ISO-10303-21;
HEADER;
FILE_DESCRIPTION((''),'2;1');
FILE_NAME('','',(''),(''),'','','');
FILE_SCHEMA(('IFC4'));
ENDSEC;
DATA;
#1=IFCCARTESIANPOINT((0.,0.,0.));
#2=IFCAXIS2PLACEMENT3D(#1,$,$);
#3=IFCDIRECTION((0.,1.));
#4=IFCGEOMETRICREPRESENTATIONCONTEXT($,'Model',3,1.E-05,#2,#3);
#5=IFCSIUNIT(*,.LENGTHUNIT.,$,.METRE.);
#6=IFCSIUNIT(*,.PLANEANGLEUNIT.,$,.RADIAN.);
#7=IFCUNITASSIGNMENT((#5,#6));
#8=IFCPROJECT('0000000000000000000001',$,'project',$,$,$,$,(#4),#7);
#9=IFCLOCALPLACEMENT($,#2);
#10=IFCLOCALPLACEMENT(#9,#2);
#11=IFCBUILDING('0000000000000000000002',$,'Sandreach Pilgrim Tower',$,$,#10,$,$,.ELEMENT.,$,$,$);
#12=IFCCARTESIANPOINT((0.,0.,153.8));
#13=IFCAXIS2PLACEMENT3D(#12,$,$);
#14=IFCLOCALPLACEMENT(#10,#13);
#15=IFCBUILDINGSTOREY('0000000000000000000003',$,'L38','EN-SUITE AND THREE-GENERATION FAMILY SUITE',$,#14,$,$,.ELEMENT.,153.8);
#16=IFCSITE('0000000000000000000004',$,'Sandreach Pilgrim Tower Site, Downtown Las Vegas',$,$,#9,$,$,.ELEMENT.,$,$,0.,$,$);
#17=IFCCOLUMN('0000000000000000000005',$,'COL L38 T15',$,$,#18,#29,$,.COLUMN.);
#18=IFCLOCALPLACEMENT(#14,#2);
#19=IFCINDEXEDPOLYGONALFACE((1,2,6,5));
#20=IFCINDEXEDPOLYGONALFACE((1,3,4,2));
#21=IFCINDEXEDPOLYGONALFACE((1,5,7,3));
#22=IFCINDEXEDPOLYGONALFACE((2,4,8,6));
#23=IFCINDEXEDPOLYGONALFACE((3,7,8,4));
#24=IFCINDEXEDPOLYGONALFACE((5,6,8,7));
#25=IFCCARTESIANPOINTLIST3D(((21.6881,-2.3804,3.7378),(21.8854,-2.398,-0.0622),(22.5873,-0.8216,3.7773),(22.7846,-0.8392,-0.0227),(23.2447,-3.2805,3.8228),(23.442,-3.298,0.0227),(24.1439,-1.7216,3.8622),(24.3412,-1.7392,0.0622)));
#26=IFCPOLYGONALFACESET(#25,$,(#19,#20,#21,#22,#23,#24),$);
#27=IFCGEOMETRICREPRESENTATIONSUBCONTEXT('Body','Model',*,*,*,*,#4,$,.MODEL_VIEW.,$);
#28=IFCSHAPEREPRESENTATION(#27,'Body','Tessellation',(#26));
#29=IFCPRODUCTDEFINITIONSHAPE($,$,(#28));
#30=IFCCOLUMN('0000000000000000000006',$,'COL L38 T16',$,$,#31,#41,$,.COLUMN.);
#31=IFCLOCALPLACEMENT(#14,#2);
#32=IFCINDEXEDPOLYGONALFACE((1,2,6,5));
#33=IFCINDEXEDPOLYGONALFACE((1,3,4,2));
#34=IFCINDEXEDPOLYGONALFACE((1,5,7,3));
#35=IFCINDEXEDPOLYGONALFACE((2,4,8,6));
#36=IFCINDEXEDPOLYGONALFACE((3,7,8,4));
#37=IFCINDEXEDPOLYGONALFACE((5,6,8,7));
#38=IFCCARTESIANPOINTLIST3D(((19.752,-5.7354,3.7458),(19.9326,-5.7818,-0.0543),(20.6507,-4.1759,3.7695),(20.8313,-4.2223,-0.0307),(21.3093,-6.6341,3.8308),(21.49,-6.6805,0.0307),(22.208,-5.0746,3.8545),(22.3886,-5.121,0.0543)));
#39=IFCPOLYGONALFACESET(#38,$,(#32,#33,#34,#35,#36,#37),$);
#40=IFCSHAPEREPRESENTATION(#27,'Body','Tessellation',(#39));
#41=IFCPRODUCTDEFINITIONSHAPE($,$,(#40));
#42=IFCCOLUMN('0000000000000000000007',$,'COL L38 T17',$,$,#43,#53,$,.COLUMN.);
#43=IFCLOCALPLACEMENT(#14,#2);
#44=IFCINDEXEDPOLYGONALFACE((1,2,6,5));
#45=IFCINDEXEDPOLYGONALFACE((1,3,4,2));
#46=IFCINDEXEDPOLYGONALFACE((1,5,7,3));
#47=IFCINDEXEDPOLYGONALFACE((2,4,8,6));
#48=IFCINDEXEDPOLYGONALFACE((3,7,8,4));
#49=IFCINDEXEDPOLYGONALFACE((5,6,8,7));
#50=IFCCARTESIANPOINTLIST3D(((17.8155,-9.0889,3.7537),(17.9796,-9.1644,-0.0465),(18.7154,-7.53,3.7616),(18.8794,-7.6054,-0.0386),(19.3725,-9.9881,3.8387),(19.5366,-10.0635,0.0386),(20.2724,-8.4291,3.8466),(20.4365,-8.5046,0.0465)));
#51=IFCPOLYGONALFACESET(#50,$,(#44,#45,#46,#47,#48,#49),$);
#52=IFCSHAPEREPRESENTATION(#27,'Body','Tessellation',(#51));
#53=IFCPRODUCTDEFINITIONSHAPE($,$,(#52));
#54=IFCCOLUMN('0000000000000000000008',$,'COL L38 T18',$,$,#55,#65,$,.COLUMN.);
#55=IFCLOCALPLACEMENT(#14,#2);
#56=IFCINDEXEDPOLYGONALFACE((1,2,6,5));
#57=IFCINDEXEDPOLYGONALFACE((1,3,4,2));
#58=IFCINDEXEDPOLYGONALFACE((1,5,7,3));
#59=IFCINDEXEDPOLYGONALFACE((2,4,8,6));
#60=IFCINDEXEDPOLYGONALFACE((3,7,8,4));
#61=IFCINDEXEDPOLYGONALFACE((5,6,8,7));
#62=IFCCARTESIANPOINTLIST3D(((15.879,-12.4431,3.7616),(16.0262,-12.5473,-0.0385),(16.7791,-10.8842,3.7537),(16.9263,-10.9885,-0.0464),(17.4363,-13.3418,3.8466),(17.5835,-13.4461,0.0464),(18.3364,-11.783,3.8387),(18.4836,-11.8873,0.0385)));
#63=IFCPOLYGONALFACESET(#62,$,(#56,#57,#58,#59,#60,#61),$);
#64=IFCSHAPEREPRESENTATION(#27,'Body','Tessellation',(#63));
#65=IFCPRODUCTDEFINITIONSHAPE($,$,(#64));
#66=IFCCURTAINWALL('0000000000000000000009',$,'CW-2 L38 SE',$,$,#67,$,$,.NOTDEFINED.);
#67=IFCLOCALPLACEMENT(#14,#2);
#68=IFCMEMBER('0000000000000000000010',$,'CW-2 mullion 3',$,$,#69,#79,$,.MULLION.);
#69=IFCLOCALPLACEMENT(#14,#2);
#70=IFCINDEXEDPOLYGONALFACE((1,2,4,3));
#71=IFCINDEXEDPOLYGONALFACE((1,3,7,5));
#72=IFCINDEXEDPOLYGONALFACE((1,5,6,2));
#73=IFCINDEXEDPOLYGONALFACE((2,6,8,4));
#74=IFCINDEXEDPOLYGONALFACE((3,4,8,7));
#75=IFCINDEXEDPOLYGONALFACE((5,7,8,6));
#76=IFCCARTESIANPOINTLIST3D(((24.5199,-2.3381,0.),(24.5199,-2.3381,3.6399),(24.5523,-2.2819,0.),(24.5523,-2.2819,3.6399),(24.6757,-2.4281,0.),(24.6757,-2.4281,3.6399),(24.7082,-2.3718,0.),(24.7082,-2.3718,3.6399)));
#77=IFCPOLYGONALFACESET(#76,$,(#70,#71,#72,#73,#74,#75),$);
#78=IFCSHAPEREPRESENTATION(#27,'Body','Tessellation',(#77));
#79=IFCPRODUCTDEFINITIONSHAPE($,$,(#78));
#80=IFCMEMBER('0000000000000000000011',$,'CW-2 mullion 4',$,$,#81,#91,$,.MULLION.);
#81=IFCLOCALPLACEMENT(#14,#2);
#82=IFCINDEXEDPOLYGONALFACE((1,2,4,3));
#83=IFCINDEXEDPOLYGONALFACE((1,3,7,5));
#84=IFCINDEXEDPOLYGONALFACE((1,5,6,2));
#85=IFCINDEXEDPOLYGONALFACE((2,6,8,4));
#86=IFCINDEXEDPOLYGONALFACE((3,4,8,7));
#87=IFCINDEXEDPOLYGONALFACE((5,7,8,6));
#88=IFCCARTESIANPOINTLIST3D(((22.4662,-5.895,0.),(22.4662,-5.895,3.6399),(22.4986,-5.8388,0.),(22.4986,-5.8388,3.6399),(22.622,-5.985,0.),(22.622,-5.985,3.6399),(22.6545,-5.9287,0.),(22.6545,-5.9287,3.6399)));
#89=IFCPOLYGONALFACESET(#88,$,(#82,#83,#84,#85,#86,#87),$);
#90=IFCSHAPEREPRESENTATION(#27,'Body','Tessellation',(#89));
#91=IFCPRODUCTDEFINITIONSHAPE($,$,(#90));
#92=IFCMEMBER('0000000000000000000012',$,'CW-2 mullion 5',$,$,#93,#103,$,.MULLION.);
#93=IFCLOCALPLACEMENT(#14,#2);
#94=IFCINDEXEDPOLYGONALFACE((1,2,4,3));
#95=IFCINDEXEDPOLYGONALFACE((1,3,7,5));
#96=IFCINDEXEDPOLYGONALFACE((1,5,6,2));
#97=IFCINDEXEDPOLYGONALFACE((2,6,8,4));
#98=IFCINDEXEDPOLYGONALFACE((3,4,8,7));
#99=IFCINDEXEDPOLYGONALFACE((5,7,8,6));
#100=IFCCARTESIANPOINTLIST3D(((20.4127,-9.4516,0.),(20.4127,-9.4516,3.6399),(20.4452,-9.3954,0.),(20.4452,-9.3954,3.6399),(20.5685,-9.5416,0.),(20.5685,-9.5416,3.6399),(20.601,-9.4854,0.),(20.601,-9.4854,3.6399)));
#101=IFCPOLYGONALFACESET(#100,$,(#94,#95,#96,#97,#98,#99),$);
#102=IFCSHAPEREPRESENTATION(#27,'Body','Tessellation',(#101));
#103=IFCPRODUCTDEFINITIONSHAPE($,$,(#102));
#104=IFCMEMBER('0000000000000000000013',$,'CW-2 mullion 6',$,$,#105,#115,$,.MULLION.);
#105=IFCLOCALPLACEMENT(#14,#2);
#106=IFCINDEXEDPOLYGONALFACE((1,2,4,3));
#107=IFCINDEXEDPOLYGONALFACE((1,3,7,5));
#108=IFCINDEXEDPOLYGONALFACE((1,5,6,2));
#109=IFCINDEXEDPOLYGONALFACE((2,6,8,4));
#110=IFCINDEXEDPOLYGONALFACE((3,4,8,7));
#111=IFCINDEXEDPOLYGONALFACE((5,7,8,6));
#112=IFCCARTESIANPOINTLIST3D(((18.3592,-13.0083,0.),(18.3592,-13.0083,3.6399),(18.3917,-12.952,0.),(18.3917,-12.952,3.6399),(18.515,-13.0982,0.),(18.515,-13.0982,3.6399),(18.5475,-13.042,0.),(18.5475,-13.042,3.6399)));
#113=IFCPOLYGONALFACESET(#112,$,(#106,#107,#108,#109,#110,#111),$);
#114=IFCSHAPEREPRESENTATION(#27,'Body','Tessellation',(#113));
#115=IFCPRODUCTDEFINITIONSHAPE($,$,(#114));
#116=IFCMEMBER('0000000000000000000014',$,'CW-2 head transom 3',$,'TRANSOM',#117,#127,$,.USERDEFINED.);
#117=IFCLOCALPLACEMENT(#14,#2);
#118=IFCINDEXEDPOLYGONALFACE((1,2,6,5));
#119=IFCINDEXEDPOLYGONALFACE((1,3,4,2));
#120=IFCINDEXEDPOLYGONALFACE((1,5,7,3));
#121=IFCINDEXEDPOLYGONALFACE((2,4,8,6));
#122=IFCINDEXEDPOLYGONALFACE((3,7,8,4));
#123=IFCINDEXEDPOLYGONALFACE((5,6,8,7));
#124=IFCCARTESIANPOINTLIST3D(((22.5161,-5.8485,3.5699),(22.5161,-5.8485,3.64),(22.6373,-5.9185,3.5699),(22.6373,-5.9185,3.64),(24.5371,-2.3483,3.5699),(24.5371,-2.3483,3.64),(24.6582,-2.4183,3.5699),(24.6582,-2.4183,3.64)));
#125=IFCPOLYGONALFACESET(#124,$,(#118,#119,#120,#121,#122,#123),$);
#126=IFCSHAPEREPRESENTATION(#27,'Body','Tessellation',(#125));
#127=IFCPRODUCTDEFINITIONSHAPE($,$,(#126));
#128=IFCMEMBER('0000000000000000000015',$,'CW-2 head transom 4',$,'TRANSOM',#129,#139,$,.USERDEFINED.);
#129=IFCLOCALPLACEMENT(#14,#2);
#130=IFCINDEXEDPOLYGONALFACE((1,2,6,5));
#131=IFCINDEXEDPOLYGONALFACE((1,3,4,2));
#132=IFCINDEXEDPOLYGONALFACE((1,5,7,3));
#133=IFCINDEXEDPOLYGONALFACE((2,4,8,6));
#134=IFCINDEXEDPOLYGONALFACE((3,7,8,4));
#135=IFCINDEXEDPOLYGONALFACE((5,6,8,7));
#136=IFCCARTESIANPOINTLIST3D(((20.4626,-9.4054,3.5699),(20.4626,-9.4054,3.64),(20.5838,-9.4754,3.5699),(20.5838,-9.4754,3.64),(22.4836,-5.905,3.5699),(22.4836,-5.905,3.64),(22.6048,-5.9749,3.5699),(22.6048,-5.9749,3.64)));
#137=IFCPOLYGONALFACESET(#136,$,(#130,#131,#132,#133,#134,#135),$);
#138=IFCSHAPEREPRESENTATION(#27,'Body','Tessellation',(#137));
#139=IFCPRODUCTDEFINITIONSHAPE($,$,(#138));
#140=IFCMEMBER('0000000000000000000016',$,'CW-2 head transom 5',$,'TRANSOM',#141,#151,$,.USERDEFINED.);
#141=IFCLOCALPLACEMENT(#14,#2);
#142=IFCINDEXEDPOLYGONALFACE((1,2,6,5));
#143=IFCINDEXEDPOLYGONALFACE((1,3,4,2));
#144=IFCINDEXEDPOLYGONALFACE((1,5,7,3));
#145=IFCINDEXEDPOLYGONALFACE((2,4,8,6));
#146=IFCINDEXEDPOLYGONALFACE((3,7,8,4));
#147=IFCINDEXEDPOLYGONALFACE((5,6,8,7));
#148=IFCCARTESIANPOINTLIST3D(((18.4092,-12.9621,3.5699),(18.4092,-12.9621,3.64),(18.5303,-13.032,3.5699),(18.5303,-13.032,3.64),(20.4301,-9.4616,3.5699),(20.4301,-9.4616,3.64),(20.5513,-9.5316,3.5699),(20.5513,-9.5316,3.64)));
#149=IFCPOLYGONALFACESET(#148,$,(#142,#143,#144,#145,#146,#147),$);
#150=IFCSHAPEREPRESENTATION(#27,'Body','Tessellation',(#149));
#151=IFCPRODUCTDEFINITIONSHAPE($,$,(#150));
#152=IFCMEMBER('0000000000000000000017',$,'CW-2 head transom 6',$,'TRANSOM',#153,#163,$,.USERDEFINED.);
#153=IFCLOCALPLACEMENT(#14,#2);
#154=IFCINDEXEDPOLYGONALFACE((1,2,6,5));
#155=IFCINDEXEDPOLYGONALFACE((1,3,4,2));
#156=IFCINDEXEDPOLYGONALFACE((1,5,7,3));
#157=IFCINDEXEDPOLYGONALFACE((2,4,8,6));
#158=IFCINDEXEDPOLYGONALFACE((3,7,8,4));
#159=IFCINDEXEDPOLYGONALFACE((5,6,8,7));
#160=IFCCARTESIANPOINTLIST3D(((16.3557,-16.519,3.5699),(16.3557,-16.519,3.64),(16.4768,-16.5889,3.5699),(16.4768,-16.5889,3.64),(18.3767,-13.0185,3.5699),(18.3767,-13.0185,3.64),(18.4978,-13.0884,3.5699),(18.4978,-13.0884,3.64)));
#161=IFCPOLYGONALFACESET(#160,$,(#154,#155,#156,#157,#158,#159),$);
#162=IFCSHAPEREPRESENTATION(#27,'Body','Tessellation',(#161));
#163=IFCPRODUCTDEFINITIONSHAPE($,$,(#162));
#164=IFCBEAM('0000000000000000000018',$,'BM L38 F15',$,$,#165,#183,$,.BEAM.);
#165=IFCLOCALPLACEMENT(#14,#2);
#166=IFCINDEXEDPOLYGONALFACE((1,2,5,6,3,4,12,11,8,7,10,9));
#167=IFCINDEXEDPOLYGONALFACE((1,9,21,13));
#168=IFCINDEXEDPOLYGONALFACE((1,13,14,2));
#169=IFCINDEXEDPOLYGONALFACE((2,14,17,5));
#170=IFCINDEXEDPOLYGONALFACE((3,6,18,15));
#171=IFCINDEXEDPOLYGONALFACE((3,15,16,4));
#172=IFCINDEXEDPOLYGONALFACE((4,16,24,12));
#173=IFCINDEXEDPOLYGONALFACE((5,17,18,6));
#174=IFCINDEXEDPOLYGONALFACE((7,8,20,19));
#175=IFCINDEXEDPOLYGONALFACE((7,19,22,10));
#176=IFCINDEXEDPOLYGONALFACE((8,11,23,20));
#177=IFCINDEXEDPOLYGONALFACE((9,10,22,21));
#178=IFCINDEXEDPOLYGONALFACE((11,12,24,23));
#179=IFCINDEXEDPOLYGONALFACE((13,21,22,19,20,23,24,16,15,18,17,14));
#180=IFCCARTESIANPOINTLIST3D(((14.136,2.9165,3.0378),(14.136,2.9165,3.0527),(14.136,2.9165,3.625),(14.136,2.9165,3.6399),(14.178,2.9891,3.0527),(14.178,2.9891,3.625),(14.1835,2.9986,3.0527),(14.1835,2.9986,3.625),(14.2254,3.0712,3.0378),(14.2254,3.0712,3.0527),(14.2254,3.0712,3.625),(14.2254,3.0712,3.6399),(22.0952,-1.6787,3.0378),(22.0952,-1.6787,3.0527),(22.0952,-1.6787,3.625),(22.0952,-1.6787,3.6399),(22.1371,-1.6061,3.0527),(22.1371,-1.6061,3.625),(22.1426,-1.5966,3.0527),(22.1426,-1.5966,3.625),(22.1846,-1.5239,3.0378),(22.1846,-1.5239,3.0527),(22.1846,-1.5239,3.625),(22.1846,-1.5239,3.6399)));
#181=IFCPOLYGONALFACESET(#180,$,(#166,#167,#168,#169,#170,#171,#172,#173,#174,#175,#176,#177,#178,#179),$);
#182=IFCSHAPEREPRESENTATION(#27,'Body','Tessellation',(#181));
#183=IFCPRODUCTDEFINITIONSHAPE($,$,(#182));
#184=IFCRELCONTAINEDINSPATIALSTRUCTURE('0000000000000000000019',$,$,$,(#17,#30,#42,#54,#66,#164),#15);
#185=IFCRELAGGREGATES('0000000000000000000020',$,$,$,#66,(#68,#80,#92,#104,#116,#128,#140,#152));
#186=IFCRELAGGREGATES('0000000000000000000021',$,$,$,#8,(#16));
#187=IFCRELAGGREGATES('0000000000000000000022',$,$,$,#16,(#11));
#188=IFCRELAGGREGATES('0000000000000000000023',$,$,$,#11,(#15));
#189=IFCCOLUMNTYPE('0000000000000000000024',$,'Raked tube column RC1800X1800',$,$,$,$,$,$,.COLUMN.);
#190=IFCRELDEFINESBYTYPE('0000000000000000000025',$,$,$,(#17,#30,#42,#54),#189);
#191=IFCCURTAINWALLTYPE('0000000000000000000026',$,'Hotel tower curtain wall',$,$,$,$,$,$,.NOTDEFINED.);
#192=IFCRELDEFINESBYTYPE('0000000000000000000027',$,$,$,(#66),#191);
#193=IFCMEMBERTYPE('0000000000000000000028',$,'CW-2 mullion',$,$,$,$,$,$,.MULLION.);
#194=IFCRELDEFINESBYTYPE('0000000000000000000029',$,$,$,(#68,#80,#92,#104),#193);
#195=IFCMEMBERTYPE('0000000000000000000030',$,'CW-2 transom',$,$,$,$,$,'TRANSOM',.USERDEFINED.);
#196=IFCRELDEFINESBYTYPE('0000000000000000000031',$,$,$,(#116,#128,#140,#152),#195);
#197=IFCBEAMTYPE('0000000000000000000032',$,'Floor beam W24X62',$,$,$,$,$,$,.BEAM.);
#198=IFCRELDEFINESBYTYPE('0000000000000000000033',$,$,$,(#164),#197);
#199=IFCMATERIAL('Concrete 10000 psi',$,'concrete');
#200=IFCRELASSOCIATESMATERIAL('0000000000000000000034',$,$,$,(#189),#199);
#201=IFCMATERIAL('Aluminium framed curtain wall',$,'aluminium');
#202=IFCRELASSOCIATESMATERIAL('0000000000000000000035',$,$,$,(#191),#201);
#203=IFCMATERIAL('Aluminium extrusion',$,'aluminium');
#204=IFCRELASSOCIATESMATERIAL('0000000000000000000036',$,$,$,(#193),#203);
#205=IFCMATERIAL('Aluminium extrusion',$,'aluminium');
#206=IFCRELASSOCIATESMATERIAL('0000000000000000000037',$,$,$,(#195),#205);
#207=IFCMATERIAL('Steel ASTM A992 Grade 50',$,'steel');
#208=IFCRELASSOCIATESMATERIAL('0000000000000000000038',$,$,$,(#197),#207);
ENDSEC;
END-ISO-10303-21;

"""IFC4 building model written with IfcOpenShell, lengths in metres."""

from ifc_helpers import new_model, si_unit, direction, frame, origin, origin_2d, place, context, subcontext, project, spatial, rectangle, i_section, extrude, material, material_profile, profile_set, type_object, element, aggregate, save


model = new_model("IFC4")

# Units and contexts
model_context = context("Model", 3, precision=1e-05, world=origin(), true_north=direction((0.0, 1.0)))
body_context = subcontext(model_context, "Body", "Model", "MODEL_VIEW")
ifc_project = project(units=[si_unit("LENGTHUNIT", "METRE"), si_unit("PLANEANGLEUNIT", "RADIAN")], contexts=[model_context])

# Site, building, storey
site_placement = place(None, origin())
site = spatial("IfcSite", under=ifc_project, at=site_placement, Name="Sandreach Pilgrim Tower Site, Downtown Las Vegas", CompositionType="ELEMENT", RefElevation=0.0)
building_placement = place(site_placement, origin())
building = spatial("IfcBuilding", under=site, at=building_placement, Name="Sandreach Pilgrim Tower", CompositionType="ELEMENT")
storey_placement = place(building_placement, frame((0.0, 0.0, 153.8)))
storey = spatial("IfcBuildingStorey", under=building, at=storey_placement, Name="L38", Description="EN-SUITE AND THREE-GENERATION FAMILY SUITE", CompositionType="ELEMENT", Elevation=153.8)

# Columns
ifc_material_1 = material(Name="Concrete 10000 psi", Category="concrete")
ifc_material_profile_1 = material_profile(ifc_material_1, rectangle(XDim=1.8, YDim=1.8, at=origin_2d()), Name="RC1800X1800")
ifc_profile_set_1 = profile_set([ifc_material_profile_1], Name="Concrete 10000 psi")
column_type = type_object("IfcColumnType", Name="Raked tube column RC1800X1800", PredefinedType="COLUMN", material=ifc_profile_set_1)
column_1_placement = place(storey_placement, frame((23.1133, -2.0686, 0.0), z_axis=(-0.051841, 0.004619, 0.998645), x_axis=(0.864737, -0.500002, 0.047203)))
element("IfcColumn", 1, at=column_1_placement, inside=storey, type_object=column_type, Name="COL L38 T15", PredefinedType="COLUMN", context=body_context, shape_type="SweptSolid", body=[
    extrude(rectangle(XDim=1.8, YDim=1.8, at=origin_2d()), origin(), (0.0, 0.0, 1.0), 3.8052),
])
column_2_placement = place(storey_placement, frame((21.1606, -5.4514, 0.0), z_axis=(-0.047485, 0.012192, 0.998798), x_axis=(0.865155, -0.499276, 0.047226)))
element("IfcColumn", 2, at=column_2_placement, inside=storey, type_object=column_type, Name="COL L38 T16", PredefinedType="COLUMN", context=body_context, shape_type="SweptSolid", body=[
    extrude(rectangle(XDim=1.8, YDim=1.8, at=origin_2d()), origin(), (0.0, 0.0, 1.0), 3.8047),
])
for number, where, z_axis, x_axis, name in (
    (3, (19.208, -8.8345, 0.0), (-0.043125, 0.01983, 0.998873), (0.865002, -0.499537, 0.047262), "COL L38 T17"),
    (4, (17.2549, -12.2173, 0.0), (-0.038697, 0.027402, 0.998875), (0.865139, -0.499306, 0.047214), "COL L38 T18"),
):
    element("IfcColumn", number, at=place(storey_placement, frame(where, z_axis=z_axis, x_axis=x_axis)), inside=storey, type_object=column_type, Name=name, PredefinedType="COLUMN", context=body_context, shape_type="SweptSolid", body=[
        extrude(rectangle(XDim=1.8, YDim=1.8, at=origin_2d()), origin(), (0.0, 0.0, 1.0), 3.8044),
    ])

# Curtain wall, members
ifc_material_2 = material(Name="Aluminium framed curtain wall", Category="aluminium")
curtain_wall_type = type_object("IfcCurtainWallType", Name="Hotel tower curtain wall", PredefinedType="NOTDEFINED", material=ifc_material_2)
curtain_wall_placement = place(storey_placement, origin())
curtain_wall = element("IfcCurtainWall", 5, at=curtain_wall_placement, inside=storey, type_object=curtain_wall_type, Name="CW-2 L38 SE", PredefinedType="NOTDEFINED")
ifc_material_3 = material(Name="Aluminium extrusion", Category="aluminium")
ifc_material_profile_2 = material_profile(ifc_material_3, rectangle(XDim=0.0649, YDim=0.1799, at=origin_2d()), Name="CW-2M 65X180")
ifc_profile_set_2 = profile_set([ifc_material_profile_2], Name="Aluminium extrusion")
member_type_1 = type_object("IfcMemberType", Name="CW-2 mullion", PredefinedType="MULLION", material=ifc_profile_set_2)
member_1_placement = place(storey_placement, frame((24.614, -2.355, 0.0), z_axis=(0.0, 0.0, 1.0), x_axis=(-0.5, -0.866025, 0.0)))
member_1 = element("IfcMember", 6, at=member_1_placement, type_object=member_type_1, Name="CW-2 mullion 3", PredefinedType="MULLION", context=body_context, shape_type="SweptSolid", body=[
    extrude(rectangle(XDim=0.0649, YDim=0.1799, at=origin_2d()), origin(), (0.0, 0.0, 1.0), 3.6399),
])
member_2_placement = place(storey_placement, frame((22.5603, -5.9119, 0.0), z_axis=(0.0, 0.0, 1.0), x_axis=(-0.5, -0.866025, 0.0)))
member_2 = element("IfcMember", 7, at=member_2_placement, type_object=member_type_1, Name="CW-2 mullion 4", PredefinedType="MULLION", context=body_context, shape_type="SweptSolid", body=[
    extrude(rectangle(XDim=0.0649, YDim=0.1799, at=origin_2d()), origin(), (0.0, 0.0, 1.0), 3.6399),
])
member_3_placement = place(storey_placement, frame((20.5068, -9.4685, 0.0), z_axis=(0.0, 0.0, 1.0), x_axis=(-0.5, -0.866025, 0.0)))
member_3 = element("IfcMember", 8, at=member_3_placement, type_object=member_type_1, Name="CW-2 mullion 5", PredefinedType="MULLION", context=body_context, shape_type="SweptSolid", body=[
    extrude(rectangle(XDim=0.0649, YDim=0.1799, at=origin_2d()), origin(), (0.0, 0.0, 1.0), 3.6399),
])
member_4_placement = place(storey_placement, frame((18.4534, -13.0251, 0.0), z_axis=(0.0, 0.0, 1.0), x_axis=(-0.5, -0.866025, 0.0)))
member_4 = element("IfcMember", 9, at=member_4_placement, type_object=member_type_1, Name="CW-2 mullion 6", PredefinedType="MULLION", context=body_context, shape_type="SweptSolid", body=[
    extrude(rectangle(XDim=0.0649, YDim=0.1799, at=origin_2d()), origin(), (0.0, 0.0, 1.0), 3.6399),
])
ifc_material_4 = material(Name="Aluminium extrusion", Category="aluminium")
ifc_material_profile_3 = material_profile(ifc_material_4, rectangle(XDim=0.1399, YDim=0.0701, at=origin_2d()), Name="CW-2T 140X70")
ifc_profile_set_3 = profile_set([ifc_material_profile_3], Name="Aluminium extrusion")
member_type_2 = type_object("IfcMemberType", Name="CW-2 transom", ElementType="TRANSOM", PredefinedType="USERDEFINED", material=ifc_profile_set_3)
member_5_placement = place(storey_placement, frame((24.5977, -2.3833, 3.605), z_axis=(-0.500024, -0.866012, 0.0), x_axis=(0.866012, -0.500024, 0.0)))
member_5 = element("IfcMember", 10, at=member_5_placement, type_object=member_type_2, Name="CW-2 head transom 3", ObjectType="TRANSOM", PredefinedType="USERDEFINED", context=body_context, shape_type="SweptSolid", body=[
    extrude(rectangle(XDim=0.1399, YDim=0.0701, at=origin_2d()), origin(), (0.0, 0.0, 1.0), 4.0417),
])
member_6_placement = place(storey_placement, frame((22.5442, -5.9399, 3.605), z_axis=(-0.499998, -0.866027, 0.0), x_axis=(0.866027, -0.499998, 0.0)))
member_6 = element("IfcMember", 11, at=member_6_placement, type_object=member_type_2, Name="CW-2 head transom 4", ObjectType="TRANSOM", PredefinedType="USERDEFINED", context=body_context, shape_type="SweptSolid", body=[
    extrude(rectangle(XDim=0.1399, YDim=0.0701, at=origin_2d()), origin(), (0.0, 0.0, 1.0), 4.042),
])
member_7_placement = place(storey_placement, frame((20.4907, -9.4966, 3.605), z_axis=(-0.499998, -0.866027, 0.0), x_axis=(0.866027, -0.499998, 0.0)))
member_7 = element("IfcMember", 12, at=member_7_placement, type_object=member_type_2, Name="CW-2 head transom 5", ObjectType="TRANSOM", PredefinedType="USERDEFINED", context=body_context, shape_type="SweptSolid", body=[
    extrude(rectangle(XDim=0.1399, YDim=0.0701, at=origin_2d()), origin(), (0.0, 0.0, 1.0), 4.042),
])
member_8_placement = place(storey_placement, frame((18.4373, -13.0535, 3.605), z_axis=(-0.499998, -0.866027, 0.0), x_axis=(0.866027, -0.499998, 0.0)))
member_8 = element("IfcMember", 13, at=member_8_placement, type_object=member_type_2, Name="CW-2 head transom 6", ObjectType="TRANSOM", PredefinedType="USERDEFINED", context=body_context, shape_type="SweptSolid", body=[
    extrude(rectangle(XDim=0.1399, YDim=0.0701, at=origin_2d()), origin(), (0.0, 0.0, 1.0), 4.042),
])

# Beam
ifc_material_5 = material(Name="Steel ASTM A992 Grade 50", Category="steel")
ifc_material_profile_4 = material_profile(ifc_material_5, i_section(OverallWidth=0.1787, OverallDepth=0.6021, WebThickness=0.011, FlangeThickness=0.0149, at=origin_2d()), Name="W24X62")
ifc_profile_set_4 = profile_set([ifc_material_profile_4], Name="Steel ASTM A992 Grade 50")
beam_type_1 = type_object("IfcBeamType", Name="Floor beam W24X62", PredefinedType="BEAM", material=ifc_profile_set_4)
beam_1_placement = place(storey_placement, frame((22.1399, -1.6013, 3.3389), z_axis=(-0.866028, 0.499996, 0.0), x_axis=(-0.499996, -0.866028, 0.0)))
element("IfcBeam", 14, at=beam_1_placement, inside=storey, type_object=beam_type_1, Name="BM L38 F15", PredefinedType="BEAM", context=body_context, shape_type="SweptSolid", body=[
    extrude(i_section(OverallWidth=0.1787, OverallDepth=0.6021, WebThickness=0.011, FlangeThickness=0.0149, at=origin_2d()), origin(), (0.0, 0.0, 1.0), 9.1904),
])

aggregate(curtain_wall, [member_1, member_2, member_3, member_4, member_5, member_6, member_7, member_8])

save(model, "model.ifc")
